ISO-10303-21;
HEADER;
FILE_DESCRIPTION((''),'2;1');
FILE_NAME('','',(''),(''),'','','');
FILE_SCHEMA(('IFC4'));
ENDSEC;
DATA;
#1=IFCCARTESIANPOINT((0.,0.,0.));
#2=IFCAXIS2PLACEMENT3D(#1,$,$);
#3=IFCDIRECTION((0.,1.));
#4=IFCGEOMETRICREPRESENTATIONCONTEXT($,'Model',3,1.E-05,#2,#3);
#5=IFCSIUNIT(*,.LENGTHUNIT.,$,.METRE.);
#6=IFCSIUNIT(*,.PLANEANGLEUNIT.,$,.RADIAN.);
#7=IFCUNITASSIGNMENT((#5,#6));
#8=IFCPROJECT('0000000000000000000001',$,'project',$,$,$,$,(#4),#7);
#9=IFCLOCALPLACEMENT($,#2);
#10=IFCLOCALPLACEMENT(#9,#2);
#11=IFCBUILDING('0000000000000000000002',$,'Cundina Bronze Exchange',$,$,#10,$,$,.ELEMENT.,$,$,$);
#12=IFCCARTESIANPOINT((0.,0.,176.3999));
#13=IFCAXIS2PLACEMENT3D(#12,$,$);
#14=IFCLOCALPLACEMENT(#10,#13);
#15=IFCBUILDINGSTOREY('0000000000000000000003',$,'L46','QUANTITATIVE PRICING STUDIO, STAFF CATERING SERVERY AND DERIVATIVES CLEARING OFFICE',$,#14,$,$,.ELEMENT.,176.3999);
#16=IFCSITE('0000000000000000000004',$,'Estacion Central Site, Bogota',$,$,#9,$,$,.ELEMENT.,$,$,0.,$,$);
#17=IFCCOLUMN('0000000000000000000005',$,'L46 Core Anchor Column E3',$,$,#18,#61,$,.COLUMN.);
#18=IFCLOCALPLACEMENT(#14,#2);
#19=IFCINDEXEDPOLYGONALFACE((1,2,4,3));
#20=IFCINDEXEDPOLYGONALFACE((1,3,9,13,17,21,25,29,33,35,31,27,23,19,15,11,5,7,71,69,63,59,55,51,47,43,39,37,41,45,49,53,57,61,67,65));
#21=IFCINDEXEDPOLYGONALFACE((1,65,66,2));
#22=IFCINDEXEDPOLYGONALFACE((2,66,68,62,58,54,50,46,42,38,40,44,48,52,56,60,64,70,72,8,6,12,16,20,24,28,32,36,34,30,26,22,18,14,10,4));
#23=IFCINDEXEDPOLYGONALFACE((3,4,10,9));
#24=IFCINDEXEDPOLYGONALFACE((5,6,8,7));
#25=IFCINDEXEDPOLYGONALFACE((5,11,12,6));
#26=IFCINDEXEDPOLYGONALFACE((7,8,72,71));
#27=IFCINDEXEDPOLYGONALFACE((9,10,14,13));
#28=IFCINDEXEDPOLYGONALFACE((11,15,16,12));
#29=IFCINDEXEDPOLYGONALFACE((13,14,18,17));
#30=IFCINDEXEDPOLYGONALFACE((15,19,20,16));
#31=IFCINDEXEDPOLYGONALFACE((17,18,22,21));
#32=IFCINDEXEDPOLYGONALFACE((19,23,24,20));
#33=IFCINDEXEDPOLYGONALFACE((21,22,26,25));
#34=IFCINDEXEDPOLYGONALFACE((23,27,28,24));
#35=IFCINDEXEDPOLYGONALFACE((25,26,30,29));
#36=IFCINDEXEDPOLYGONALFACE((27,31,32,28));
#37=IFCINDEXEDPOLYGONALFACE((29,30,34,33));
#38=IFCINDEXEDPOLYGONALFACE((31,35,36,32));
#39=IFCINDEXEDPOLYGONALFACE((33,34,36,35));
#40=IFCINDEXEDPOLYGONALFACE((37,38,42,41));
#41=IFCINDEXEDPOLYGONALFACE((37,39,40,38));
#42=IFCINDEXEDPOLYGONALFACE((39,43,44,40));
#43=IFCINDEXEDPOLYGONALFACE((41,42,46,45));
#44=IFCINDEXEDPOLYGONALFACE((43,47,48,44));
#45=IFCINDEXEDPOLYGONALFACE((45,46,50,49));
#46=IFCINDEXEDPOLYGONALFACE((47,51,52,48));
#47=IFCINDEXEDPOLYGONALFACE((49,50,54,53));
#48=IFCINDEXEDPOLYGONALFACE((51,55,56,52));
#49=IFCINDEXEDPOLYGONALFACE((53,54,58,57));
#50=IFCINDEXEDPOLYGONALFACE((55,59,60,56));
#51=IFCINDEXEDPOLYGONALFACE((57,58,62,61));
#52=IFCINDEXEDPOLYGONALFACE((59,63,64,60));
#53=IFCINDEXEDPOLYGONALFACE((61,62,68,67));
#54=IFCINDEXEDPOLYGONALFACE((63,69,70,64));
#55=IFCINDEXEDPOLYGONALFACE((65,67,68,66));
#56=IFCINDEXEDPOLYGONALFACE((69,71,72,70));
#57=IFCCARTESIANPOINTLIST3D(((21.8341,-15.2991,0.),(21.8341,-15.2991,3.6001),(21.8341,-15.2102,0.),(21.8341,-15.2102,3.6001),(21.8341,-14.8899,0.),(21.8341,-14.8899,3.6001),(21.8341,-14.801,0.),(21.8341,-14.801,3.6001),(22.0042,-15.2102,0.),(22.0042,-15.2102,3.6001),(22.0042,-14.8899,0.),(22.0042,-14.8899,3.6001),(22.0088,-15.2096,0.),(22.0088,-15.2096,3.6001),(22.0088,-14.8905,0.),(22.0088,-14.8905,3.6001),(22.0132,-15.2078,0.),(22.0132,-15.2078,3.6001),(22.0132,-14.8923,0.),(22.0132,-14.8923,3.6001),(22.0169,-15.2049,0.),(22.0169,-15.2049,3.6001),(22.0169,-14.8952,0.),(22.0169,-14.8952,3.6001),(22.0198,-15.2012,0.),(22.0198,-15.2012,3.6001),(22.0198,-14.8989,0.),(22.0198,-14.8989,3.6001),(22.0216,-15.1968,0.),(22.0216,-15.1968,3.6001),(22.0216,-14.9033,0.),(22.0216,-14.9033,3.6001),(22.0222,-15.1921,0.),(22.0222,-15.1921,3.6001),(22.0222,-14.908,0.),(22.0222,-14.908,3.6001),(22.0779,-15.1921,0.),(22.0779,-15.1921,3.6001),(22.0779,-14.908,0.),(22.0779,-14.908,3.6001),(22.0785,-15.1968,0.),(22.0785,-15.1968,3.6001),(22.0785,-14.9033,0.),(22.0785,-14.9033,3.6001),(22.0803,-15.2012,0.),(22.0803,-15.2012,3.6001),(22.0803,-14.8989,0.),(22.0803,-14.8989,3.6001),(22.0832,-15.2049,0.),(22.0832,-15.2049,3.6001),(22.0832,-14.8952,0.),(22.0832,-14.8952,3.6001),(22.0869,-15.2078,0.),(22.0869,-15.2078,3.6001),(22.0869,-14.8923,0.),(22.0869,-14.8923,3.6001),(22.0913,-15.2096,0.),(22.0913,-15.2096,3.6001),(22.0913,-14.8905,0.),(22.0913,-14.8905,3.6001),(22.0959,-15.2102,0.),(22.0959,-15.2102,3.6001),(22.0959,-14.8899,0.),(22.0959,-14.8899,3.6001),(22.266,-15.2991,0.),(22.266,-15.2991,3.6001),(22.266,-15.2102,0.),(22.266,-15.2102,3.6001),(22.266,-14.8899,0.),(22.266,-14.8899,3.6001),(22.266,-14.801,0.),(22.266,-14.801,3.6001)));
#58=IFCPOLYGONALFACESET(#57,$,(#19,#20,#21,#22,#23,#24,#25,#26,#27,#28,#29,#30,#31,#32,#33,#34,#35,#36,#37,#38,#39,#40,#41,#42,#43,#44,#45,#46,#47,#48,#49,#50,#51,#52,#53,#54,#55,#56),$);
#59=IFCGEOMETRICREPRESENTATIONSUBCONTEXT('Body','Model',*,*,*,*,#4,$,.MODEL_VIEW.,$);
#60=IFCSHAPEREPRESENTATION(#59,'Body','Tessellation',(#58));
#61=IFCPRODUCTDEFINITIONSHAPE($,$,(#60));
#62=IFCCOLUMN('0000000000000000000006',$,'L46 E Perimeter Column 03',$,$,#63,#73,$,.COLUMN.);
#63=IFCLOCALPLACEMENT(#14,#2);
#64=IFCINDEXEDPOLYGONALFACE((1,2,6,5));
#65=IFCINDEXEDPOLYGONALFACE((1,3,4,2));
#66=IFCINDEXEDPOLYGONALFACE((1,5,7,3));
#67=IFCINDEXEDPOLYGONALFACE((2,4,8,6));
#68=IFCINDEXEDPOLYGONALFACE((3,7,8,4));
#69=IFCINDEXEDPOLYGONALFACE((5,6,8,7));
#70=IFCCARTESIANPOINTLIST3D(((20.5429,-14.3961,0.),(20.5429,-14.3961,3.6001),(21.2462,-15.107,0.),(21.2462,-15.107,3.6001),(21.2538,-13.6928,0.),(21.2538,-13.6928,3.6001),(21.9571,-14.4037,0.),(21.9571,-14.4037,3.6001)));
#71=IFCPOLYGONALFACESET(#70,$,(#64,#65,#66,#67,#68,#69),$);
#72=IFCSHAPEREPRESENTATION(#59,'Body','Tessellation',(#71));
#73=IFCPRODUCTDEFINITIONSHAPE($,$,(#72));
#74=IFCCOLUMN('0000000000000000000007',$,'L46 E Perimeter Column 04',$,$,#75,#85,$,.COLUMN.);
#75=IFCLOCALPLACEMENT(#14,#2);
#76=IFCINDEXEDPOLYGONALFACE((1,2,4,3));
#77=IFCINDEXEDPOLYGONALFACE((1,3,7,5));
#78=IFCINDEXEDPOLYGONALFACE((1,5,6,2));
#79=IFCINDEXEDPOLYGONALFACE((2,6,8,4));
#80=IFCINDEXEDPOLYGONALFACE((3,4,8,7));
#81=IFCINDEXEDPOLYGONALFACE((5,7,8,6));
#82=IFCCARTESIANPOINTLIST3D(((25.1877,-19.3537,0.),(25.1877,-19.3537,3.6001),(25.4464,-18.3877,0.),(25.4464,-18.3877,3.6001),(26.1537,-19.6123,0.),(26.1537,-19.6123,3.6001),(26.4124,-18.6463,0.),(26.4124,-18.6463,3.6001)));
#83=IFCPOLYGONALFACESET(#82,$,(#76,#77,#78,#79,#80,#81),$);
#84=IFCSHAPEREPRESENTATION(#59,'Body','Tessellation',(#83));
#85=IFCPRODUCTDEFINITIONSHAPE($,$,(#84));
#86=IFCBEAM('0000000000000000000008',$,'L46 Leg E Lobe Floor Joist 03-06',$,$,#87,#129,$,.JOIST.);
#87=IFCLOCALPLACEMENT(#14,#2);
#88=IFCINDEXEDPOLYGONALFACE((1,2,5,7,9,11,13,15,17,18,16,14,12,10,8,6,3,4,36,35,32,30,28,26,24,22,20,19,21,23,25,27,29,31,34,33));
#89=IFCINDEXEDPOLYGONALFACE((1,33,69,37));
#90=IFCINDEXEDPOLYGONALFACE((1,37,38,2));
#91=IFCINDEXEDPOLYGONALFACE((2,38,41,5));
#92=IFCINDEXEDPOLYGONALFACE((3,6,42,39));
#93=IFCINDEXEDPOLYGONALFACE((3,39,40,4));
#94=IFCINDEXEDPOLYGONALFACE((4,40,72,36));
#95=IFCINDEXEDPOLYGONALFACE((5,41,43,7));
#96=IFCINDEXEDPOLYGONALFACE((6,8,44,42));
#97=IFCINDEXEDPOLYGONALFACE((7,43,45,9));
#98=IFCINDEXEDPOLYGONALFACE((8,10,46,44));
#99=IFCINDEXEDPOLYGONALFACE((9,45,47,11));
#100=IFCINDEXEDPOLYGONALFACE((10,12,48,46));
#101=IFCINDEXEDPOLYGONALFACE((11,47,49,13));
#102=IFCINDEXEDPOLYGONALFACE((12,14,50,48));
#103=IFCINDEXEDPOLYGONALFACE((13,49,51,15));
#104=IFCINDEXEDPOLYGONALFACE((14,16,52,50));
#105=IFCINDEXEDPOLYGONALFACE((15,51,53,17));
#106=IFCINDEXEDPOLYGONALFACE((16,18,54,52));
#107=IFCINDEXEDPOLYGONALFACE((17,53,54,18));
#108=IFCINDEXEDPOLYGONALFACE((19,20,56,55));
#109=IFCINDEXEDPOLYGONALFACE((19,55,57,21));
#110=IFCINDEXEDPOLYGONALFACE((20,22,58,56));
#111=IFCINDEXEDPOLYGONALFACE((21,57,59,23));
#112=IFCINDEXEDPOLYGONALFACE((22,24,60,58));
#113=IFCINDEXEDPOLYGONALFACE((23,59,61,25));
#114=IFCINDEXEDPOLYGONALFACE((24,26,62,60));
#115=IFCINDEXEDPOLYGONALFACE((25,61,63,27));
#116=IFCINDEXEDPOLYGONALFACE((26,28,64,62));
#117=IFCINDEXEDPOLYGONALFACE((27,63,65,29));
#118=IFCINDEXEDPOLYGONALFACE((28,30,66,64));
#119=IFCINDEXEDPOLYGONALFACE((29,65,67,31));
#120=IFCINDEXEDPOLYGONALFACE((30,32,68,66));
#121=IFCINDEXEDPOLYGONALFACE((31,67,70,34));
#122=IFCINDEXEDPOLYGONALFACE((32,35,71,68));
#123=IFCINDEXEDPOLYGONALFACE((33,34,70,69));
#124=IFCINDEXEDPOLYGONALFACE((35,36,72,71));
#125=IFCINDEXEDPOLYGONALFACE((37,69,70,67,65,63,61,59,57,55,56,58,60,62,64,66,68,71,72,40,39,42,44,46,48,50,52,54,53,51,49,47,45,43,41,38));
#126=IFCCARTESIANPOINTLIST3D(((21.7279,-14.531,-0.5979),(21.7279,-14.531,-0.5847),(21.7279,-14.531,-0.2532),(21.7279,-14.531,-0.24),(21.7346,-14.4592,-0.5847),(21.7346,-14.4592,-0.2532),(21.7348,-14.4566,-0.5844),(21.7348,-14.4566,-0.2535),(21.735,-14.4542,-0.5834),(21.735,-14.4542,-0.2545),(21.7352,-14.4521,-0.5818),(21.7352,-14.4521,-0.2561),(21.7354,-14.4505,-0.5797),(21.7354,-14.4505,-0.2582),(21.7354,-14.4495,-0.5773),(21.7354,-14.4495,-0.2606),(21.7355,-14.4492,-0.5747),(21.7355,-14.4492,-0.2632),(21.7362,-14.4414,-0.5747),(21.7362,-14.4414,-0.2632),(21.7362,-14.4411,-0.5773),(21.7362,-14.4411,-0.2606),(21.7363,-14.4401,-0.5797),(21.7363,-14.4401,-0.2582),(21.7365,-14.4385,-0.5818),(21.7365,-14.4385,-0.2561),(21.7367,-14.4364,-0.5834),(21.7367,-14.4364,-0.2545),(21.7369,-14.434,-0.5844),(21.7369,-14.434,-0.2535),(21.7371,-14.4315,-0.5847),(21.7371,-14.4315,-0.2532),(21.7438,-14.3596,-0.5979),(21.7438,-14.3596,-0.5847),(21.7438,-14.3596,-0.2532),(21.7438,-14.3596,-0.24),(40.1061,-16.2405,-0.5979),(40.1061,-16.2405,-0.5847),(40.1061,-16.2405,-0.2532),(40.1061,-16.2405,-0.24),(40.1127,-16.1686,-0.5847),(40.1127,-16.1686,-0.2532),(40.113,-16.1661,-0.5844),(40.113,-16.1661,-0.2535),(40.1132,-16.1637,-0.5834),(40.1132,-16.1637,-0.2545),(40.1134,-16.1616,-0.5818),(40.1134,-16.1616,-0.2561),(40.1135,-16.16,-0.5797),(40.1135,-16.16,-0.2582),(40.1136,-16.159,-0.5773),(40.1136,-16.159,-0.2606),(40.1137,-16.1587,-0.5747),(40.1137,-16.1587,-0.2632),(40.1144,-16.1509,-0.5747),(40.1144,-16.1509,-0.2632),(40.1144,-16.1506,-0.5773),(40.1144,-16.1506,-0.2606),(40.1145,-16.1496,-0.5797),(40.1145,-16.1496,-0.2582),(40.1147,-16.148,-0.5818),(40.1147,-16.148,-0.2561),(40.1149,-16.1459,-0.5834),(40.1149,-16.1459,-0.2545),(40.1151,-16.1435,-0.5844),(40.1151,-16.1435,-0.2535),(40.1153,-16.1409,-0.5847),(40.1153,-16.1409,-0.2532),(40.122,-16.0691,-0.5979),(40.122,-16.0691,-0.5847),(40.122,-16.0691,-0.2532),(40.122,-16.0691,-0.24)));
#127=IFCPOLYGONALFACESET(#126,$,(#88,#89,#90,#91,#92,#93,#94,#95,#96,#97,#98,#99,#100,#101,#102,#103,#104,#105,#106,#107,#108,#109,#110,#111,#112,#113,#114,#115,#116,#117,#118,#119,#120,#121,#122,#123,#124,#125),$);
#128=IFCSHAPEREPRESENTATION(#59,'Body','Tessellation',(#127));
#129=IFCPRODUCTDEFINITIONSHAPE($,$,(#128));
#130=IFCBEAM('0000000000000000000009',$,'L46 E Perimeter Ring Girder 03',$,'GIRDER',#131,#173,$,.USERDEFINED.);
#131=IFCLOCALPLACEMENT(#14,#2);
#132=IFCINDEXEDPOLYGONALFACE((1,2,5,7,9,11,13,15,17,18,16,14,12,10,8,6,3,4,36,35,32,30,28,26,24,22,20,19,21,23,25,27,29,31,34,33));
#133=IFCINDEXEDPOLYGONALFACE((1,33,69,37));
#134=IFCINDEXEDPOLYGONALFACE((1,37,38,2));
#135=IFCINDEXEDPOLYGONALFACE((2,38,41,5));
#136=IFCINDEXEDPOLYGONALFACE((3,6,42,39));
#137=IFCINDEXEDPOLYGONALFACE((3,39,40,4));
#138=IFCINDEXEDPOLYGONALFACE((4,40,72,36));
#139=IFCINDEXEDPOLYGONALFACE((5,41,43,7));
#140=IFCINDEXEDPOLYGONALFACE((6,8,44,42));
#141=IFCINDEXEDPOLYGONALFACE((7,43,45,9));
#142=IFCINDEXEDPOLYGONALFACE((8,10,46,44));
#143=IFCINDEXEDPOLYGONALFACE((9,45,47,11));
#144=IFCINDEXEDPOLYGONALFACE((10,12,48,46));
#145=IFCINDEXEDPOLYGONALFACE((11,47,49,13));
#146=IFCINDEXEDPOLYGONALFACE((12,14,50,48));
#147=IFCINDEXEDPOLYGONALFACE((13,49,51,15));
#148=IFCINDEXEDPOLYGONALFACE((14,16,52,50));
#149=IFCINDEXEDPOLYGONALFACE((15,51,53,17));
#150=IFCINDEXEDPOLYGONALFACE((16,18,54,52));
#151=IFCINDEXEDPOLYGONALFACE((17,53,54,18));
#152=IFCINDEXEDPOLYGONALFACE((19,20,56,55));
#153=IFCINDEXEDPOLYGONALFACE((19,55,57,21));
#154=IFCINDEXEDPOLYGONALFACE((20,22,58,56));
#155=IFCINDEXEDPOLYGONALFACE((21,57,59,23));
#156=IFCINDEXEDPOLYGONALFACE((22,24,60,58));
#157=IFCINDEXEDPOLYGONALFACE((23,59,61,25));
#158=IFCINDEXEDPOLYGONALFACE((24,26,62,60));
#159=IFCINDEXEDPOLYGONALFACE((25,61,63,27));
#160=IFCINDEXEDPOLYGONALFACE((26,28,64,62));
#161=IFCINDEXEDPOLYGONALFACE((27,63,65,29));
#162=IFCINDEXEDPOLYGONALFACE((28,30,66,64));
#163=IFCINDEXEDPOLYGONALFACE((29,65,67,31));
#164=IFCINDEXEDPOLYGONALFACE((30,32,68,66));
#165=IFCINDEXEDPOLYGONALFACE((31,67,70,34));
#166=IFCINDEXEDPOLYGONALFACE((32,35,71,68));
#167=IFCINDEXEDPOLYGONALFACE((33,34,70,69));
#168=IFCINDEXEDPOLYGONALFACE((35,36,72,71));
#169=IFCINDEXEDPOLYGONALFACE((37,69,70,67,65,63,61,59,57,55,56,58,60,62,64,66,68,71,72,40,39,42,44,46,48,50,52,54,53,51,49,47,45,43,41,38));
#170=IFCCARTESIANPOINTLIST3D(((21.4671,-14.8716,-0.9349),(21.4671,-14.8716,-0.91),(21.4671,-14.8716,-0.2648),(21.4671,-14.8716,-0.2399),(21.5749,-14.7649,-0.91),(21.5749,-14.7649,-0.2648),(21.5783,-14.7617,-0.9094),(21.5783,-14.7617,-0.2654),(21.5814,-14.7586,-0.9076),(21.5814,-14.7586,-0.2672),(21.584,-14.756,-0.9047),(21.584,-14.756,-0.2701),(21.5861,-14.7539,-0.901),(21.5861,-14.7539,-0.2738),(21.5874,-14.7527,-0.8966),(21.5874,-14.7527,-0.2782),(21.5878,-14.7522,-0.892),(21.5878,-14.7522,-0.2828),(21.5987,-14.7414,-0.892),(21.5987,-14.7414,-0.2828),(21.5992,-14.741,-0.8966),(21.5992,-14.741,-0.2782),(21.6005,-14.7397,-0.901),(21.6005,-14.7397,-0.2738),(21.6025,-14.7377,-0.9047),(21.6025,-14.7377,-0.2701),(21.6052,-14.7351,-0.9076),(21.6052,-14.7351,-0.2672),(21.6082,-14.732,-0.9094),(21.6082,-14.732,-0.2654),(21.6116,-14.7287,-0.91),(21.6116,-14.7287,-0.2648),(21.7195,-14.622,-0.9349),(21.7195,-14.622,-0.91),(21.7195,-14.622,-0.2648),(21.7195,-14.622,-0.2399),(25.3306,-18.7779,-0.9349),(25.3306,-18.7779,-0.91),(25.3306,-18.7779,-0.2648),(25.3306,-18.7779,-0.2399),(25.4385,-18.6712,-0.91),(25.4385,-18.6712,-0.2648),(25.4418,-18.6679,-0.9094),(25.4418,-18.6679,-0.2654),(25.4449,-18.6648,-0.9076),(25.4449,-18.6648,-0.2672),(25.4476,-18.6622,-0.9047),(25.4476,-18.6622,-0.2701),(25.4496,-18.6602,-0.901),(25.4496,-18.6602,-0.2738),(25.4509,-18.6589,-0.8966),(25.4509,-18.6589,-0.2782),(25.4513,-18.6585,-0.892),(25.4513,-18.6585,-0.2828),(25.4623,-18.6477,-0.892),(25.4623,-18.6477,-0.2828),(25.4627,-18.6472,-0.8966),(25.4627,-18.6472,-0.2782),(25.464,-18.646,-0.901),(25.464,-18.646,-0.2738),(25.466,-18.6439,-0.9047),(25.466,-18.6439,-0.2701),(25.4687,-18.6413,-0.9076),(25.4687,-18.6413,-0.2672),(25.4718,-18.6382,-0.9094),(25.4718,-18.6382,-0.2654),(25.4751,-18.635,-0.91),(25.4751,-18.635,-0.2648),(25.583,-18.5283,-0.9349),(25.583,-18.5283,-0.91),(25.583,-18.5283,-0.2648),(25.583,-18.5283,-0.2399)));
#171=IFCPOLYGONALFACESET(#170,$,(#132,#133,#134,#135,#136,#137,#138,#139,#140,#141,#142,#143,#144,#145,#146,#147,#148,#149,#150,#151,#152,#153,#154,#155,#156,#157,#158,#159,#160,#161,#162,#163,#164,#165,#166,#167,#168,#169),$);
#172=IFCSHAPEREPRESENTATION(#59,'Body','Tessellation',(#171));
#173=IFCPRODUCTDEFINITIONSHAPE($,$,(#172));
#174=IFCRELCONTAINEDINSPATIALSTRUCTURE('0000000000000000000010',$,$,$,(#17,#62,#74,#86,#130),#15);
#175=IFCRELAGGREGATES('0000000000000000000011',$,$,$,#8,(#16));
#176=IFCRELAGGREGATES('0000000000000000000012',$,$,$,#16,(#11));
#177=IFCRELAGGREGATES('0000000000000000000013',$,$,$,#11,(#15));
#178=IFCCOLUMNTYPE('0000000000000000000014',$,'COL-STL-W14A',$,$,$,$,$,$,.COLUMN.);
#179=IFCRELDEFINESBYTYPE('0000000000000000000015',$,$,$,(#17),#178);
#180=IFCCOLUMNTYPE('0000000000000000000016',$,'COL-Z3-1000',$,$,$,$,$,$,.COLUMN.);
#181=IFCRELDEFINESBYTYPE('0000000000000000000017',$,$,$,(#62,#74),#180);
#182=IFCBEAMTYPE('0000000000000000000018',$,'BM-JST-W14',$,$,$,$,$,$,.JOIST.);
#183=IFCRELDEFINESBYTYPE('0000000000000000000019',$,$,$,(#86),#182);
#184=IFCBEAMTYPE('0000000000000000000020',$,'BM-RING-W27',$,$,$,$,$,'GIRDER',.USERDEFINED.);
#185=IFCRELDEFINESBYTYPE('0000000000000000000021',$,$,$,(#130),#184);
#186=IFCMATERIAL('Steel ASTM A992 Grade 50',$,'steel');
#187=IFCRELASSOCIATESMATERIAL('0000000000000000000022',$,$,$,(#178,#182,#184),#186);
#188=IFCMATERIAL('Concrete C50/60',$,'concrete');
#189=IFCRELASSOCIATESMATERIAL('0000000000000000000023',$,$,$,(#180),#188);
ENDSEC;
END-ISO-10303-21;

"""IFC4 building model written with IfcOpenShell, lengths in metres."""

from ifc_helpers import new_model, si_unit, direction, frame, origin, origin_2d, place, context, subcontext, project, spatial, rectangle, i_section, extrude, material, material_profile, profile_set, type_object, element, save


model = new_model("IFC4")

# Units and contexts
model_context = context("Model", 3, precision=1e-05, world=origin(), true_north=direction((0.0, 1.0)))
body_context = subcontext(model_context, "Body", "Model", "MODEL_VIEW")
ifc_project = project(units=[si_unit("LENGTHUNIT", "METRE"), si_unit("PLANEANGLEUNIT", "RADIAN")], contexts=[model_context])

# Site, building, storey
site_placement = place(None, origin())
site = spatial("IfcSite", under=ifc_project, at=site_placement, Name="Estacion Central Site, Bogota", CompositionType="ELEMENT", RefElevation=0.0)
building_placement = place(site_placement, origin())
building = spatial("IfcBuilding", under=site, at=building_placement, Name="Cundina Bronze Exchange", CompositionType="ELEMENT")
storey_placement = place(building_placement, frame((0.0, 0.0, 176.3999)))
storey = spatial("IfcBuildingStorey", under=building, at=storey_placement, Name="L46", Description="QUANTITATIVE PRICING STUDIO, STAFF CATERING SERVERY AND DERIVATIVES CLEARING OFFICE", CompositionType="ELEMENT", Elevation=176.3999)

# Columns
ifc_material_1 = material(Name="Steel ASTM A992 Grade 50", Category="steel")
ifc_material_profile_1 = material_profile(ifc_material_1, i_section(OverallWidth=0.4319, OverallDepth=0.498, WebThickness=0.0557, FlangeThickness=0.0889, FilletRadius=0.0181, at=origin_2d()), Name="W14X500", Category="steel")
ifc_profile_set_1 = profile_set([ifc_material_profile_1], Name="Steel ASTM A992 Grade 50")
column_type_1 = type_object("IfcColumnType", Name="COL-STL-W14A", PredefinedType="COLUMN", material=ifc_profile_set_1)
column_placement = place(storey_placement, frame((22.05, -15.05, 0.0), z_axis=(0.0, 0.0, 1.0), x_axis=(1.0, 0.0, 0.0)))
element("IfcColumn", 1, at=column_placement, inside=storey, type_object=column_type_1, Name="L46 Core Anchor Column E3", PredefinedType="COLUMN", context=body_context, shape_type="SweptSolid", body=[
    extrude(i_section(OverallWidth=0.4319, OverallDepth=0.498, WebThickness=0.0557, FlangeThickness=0.0889, FilletRadius=0.0181, at=origin_2d()), origin(), (0.0, 0.0, 1.0), 3.6001),
])
ifc_material_2 = material(Name="Concrete C50/60", Category="concrete")
ifc_material_profile_2 = material_profile(ifc_material_2, rectangle(XDim=1.0, YDim=1.0, at=origin_2d()), Name="RC1000X1000", Category="concrete")
ifc_profile_set_2 = profile_set([ifc_material_profile_2], Name="Concrete C50/60")
column_type_2 = type_object("IfcColumnType", Name="COL-Z3-1000", PredefinedType="COLUMN", material=ifc_profile_set_2)
for number, where, z_axis, x_axis, name in (
    (2, (21.25, -14.3999, 0.0), (0.0, 0.0, 1.0), (0.703271, -0.710922, 0.0), "L46 E Perimeter Column 03"),
    (3, (25.8, -19.0, 0.0), (0.0, 0.0, 1.0), (0.965971, -0.25865, 0.0), "L46 E Perimeter Column 04"),
):
    element("IfcColumn", number, at=place(storey_placement, frame(where, z_axis=z_axis, x_axis=x_axis)), inside=storey, type_object=column_type_2, Name=name, PredefinedType="COLUMN", context=body_context, shape_type="SweptSolid", body=[
        extrude(rectangle(XDim=1.0, YDim=1.0, at=origin_2d()), origin(), (0.0, 0.0, 1.0), 3.6001),
    ])

# Beams
ifc_material_profile_3 = material_profile(ifc_material_1, i_section(OverallWidth=0.1721, OverallDepth=0.3579, WebThickness=0.0078, FlangeThickness=0.0132, FilletRadius=0.01, at=origin_2d()), Name="W14X38", Category="steel")
ifc_profile_set_3 = profile_set([ifc_material_profile_3], Name="Steel ASTM A992 Grade 50")
beam_type_1 = type_object("IfcBeamType", Name="BM-JST-W14", PredefinedType="JOIST", material=ifc_profile_set_3)
beam_1_placement = place(storey_placement, frame((21.7358, -14.4453, -0.4189), z_axis=(0.995702, -0.092617, 0.0), x_axis=(0.092617, 0.995702, 0.0)))
element("IfcBeam", 4, at=beam_1_placement, inside=storey, type_object=beam_type_1, Name="L46 Leg E Lobe Floor Joist 03-06", PredefinedType="JOIST", context=body_context, shape_type="SweptSolid", body=[
    extrude(i_section(OverallWidth=0.1721, OverallDepth=0.3579, WebThickness=0.0078, FlangeThickness=0.0132, FilletRadius=0.01, at=origin_2d()), origin(), (0.0, 0.0, 1.0), 18.4575),
])
ifc_material_profile_4 = material_profile(ifc_material_1, i_section(OverallWidth=0.355, OverallDepth=0.6951, WebThickness=0.0154, FlangeThickness=0.0249, FilletRadius=0.0181, at=origin_2d()), Name="W27X146", Category="steel")
ifc_profile_set_4 = profile_set([ifc_material_profile_4], Name="Steel ASTM A992 Grade 50")
beam_type_2 = type_object("IfcBeamType", Name="BM-RING-W27", ElementType="GIRDER", PredefinedType="USERDEFINED", material=ifc_profile_set_4)
beam_2_placement = place(storey_placement, frame((21.5933, -14.7468, -0.5874), z_axis=(0.703208, -0.710984, 0.0), x_axis=(0.710984, 0.703208, 0.0)))
element("IfcBeam", 5, at=beam_2_placement, inside=storey, type_object=beam_type_2, Name="L46 E Perimeter Ring Girder 03", ObjectType="GIRDER", PredefinedType="USERDEFINED", context=body_context, shape_type="SweptSolid", body=[
    extrude(i_section(OverallWidth=0.355, OverallDepth=0.6951, WebThickness=0.0154, FlangeThickness=0.0249, FilletRadius=0.0181, at=origin_2d()), origin(), (0.0, 0.0, 1.0), 5.4941),
])

save(model, "model.ifc")
